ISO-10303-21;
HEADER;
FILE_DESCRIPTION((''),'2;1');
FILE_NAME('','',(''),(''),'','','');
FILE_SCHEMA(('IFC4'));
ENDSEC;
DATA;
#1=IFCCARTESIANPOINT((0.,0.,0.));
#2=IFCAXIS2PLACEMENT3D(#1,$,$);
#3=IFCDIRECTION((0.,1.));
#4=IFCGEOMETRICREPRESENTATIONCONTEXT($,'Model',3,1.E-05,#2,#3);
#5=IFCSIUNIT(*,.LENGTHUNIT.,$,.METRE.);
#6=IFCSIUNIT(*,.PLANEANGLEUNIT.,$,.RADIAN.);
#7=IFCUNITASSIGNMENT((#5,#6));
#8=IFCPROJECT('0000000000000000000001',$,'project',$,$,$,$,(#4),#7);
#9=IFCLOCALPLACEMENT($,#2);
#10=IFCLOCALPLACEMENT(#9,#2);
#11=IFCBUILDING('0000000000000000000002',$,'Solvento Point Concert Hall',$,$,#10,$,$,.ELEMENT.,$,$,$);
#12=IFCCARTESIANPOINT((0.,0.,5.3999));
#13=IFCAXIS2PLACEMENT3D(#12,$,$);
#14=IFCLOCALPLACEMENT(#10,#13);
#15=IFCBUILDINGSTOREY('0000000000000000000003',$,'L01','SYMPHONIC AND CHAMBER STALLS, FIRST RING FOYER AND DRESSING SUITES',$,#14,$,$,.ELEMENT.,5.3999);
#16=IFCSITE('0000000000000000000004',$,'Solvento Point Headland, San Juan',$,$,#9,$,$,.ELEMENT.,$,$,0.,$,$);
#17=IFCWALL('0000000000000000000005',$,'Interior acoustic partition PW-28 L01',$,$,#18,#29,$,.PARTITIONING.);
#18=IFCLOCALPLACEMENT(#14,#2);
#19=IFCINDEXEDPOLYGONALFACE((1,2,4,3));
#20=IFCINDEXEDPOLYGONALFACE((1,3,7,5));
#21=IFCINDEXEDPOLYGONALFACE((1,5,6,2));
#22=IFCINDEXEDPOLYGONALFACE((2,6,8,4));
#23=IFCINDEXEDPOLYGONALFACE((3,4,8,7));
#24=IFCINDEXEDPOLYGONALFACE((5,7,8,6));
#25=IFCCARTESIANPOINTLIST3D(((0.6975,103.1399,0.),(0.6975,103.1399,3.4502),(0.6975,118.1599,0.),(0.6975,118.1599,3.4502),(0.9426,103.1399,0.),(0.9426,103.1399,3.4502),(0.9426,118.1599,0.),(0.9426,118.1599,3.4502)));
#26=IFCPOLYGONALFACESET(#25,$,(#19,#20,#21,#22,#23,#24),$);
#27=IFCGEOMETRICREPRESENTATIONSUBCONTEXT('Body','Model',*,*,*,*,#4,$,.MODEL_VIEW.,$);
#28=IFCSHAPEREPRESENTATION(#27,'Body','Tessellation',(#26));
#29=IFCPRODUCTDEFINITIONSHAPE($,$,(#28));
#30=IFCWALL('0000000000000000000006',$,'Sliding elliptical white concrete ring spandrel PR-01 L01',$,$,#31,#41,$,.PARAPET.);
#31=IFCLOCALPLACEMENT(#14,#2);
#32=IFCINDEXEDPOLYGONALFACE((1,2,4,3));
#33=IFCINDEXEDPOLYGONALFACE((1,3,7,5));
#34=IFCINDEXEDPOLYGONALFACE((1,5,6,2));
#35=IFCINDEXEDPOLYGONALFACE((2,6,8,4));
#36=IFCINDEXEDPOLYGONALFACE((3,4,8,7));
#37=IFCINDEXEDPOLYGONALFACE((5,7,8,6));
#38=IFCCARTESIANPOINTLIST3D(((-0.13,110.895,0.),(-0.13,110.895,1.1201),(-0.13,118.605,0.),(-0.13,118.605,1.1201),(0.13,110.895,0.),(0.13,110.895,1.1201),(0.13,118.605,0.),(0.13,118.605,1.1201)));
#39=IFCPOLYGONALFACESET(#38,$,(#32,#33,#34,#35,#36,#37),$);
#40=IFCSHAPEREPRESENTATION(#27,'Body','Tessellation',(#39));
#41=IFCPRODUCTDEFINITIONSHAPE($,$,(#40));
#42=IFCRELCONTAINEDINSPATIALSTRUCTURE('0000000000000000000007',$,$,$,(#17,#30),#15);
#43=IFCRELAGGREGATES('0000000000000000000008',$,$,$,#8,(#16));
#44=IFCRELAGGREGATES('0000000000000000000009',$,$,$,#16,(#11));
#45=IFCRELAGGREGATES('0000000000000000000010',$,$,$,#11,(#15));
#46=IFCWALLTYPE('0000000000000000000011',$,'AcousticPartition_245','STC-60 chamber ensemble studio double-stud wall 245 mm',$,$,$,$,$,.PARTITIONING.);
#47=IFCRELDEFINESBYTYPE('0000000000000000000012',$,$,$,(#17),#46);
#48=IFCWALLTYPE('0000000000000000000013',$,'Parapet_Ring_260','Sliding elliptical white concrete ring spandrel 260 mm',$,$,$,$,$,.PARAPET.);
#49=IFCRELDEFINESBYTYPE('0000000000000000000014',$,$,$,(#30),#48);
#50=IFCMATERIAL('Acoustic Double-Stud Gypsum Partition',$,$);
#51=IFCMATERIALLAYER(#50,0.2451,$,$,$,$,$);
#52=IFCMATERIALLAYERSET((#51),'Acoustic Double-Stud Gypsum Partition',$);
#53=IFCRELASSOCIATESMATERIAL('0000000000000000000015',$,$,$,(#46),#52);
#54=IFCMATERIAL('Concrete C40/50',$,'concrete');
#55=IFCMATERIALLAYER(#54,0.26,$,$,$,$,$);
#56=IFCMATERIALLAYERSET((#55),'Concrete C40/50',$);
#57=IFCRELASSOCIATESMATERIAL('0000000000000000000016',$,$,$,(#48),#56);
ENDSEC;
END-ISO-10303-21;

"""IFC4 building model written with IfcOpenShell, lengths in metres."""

from ifc_helpers import new_model, si_unit, direction, frame, frame_2d, origin, place, context, subcontext, project, spatial, rectangle, extrude, material, layer, layer_set, type_object, element, save


model = new_model("IFC4")

# Units and contexts
model_context = context("Model", 3, precision=1e-05, world=origin(), true_north=direction((0.0, 1.0)))
body_context = subcontext(model_context, "Body", "Model", "MODEL_VIEW")
ifc_project = project(units=[si_unit("LENGTHUNIT", "METRE"), si_unit("PLANEANGLEUNIT", "RADIAN")], contexts=[model_context])

# Site, building, storey
site_placement = place(None, origin())
site = spatial("IfcSite", under=ifc_project, at=site_placement, Name="Solvento Point Headland, San Juan", CompositionType="ELEMENT", RefElevation=0.0)
building_placement = place(site_placement, origin())
building = spatial("IfcBuilding", under=site, at=building_placement, Name="Solvento Point Concert Hall", CompositionType="ELEMENT")
storey_placement = place(building_placement, frame((0.0, 0.0, 5.3999)))
storey = spatial("IfcBuildingStorey", under=building, at=storey_placement, Name="L01", Description="SYMPHONIC AND CHAMBER STALLS, FIRST RING FOYER AND DRESSING SUITES", CompositionType="ELEMENT", Elevation=5.3999)

# Walls
ifc_material_1 = material(Name="Acoustic Double-Stud Gypsum Partition")
ifc_layer_1 = layer(ifc_material_1, 0.2451)
ifc_layer_set_1 = layer_set([ifc_layer_1], Name="Acoustic Double-Stud Gypsum Partition")
wall_type_1 = type_object("IfcWallType", Name="AcousticPartition_245", Description="STC-60 chamber ensemble studio double-stud wall 245 mm", PredefinedType="PARTITIONING", material=ifc_layer_set_1)
wall_1_placement = place(storey_placement, frame((0.8201, 103.1399, 0.0), z_axis=(0.0, 0.0, 1.0), x_axis=(0.0, 1.0, 0.0)))
element("IfcWall", 1, at=wall_1_placement, inside=storey, type_object=wall_type_1, Name="Interior acoustic partition PW-28 L01", PredefinedType="PARTITIONING", context=body_context, shape_type="SweptSolid", body=[
    extrude(rectangle(XDim=15.02, YDim=0.2451, at=frame_2d((7.51, 0.0))), origin(), (0.0, 0.0, 1.0), 3.4502),
])
ifc_material_2 = material(Name="Concrete C40/50", Category="concrete")
ifc_layer_2 = layer(ifc_material_2, 0.26)
ifc_layer_set_2 = layer_set([ifc_layer_2], Name="Concrete C40/50")
wall_type_2 = type_object("IfcWallType", Name="Parapet_Ring_260", Description="Sliding elliptical white concrete ring spandrel 260 mm", PredefinedType="PARAPET", material=ifc_layer_set_2)
wall_2_placement = place(storey_placement, frame((0.0, 110.895, 0.0), z_axis=(0.0, 0.0, 1.0), x_axis=(0.0, 1.0, 0.0)))
element("IfcWall", 2, at=wall_2_placement, inside=storey, type_object=wall_type_2, Name="Sliding elliptical white concrete ring spandrel PR-01 L01", PredefinedType="PARAPET", context=body_context, shape_type="SweptSolid", body=[
    extrude(rectangle(XDim=7.71, YDim=0.26, at=frame_2d((3.855, 0.0))), origin(), (0.0, 0.0, 1.0), 1.1201),
])

save(model, "model.ifc")
